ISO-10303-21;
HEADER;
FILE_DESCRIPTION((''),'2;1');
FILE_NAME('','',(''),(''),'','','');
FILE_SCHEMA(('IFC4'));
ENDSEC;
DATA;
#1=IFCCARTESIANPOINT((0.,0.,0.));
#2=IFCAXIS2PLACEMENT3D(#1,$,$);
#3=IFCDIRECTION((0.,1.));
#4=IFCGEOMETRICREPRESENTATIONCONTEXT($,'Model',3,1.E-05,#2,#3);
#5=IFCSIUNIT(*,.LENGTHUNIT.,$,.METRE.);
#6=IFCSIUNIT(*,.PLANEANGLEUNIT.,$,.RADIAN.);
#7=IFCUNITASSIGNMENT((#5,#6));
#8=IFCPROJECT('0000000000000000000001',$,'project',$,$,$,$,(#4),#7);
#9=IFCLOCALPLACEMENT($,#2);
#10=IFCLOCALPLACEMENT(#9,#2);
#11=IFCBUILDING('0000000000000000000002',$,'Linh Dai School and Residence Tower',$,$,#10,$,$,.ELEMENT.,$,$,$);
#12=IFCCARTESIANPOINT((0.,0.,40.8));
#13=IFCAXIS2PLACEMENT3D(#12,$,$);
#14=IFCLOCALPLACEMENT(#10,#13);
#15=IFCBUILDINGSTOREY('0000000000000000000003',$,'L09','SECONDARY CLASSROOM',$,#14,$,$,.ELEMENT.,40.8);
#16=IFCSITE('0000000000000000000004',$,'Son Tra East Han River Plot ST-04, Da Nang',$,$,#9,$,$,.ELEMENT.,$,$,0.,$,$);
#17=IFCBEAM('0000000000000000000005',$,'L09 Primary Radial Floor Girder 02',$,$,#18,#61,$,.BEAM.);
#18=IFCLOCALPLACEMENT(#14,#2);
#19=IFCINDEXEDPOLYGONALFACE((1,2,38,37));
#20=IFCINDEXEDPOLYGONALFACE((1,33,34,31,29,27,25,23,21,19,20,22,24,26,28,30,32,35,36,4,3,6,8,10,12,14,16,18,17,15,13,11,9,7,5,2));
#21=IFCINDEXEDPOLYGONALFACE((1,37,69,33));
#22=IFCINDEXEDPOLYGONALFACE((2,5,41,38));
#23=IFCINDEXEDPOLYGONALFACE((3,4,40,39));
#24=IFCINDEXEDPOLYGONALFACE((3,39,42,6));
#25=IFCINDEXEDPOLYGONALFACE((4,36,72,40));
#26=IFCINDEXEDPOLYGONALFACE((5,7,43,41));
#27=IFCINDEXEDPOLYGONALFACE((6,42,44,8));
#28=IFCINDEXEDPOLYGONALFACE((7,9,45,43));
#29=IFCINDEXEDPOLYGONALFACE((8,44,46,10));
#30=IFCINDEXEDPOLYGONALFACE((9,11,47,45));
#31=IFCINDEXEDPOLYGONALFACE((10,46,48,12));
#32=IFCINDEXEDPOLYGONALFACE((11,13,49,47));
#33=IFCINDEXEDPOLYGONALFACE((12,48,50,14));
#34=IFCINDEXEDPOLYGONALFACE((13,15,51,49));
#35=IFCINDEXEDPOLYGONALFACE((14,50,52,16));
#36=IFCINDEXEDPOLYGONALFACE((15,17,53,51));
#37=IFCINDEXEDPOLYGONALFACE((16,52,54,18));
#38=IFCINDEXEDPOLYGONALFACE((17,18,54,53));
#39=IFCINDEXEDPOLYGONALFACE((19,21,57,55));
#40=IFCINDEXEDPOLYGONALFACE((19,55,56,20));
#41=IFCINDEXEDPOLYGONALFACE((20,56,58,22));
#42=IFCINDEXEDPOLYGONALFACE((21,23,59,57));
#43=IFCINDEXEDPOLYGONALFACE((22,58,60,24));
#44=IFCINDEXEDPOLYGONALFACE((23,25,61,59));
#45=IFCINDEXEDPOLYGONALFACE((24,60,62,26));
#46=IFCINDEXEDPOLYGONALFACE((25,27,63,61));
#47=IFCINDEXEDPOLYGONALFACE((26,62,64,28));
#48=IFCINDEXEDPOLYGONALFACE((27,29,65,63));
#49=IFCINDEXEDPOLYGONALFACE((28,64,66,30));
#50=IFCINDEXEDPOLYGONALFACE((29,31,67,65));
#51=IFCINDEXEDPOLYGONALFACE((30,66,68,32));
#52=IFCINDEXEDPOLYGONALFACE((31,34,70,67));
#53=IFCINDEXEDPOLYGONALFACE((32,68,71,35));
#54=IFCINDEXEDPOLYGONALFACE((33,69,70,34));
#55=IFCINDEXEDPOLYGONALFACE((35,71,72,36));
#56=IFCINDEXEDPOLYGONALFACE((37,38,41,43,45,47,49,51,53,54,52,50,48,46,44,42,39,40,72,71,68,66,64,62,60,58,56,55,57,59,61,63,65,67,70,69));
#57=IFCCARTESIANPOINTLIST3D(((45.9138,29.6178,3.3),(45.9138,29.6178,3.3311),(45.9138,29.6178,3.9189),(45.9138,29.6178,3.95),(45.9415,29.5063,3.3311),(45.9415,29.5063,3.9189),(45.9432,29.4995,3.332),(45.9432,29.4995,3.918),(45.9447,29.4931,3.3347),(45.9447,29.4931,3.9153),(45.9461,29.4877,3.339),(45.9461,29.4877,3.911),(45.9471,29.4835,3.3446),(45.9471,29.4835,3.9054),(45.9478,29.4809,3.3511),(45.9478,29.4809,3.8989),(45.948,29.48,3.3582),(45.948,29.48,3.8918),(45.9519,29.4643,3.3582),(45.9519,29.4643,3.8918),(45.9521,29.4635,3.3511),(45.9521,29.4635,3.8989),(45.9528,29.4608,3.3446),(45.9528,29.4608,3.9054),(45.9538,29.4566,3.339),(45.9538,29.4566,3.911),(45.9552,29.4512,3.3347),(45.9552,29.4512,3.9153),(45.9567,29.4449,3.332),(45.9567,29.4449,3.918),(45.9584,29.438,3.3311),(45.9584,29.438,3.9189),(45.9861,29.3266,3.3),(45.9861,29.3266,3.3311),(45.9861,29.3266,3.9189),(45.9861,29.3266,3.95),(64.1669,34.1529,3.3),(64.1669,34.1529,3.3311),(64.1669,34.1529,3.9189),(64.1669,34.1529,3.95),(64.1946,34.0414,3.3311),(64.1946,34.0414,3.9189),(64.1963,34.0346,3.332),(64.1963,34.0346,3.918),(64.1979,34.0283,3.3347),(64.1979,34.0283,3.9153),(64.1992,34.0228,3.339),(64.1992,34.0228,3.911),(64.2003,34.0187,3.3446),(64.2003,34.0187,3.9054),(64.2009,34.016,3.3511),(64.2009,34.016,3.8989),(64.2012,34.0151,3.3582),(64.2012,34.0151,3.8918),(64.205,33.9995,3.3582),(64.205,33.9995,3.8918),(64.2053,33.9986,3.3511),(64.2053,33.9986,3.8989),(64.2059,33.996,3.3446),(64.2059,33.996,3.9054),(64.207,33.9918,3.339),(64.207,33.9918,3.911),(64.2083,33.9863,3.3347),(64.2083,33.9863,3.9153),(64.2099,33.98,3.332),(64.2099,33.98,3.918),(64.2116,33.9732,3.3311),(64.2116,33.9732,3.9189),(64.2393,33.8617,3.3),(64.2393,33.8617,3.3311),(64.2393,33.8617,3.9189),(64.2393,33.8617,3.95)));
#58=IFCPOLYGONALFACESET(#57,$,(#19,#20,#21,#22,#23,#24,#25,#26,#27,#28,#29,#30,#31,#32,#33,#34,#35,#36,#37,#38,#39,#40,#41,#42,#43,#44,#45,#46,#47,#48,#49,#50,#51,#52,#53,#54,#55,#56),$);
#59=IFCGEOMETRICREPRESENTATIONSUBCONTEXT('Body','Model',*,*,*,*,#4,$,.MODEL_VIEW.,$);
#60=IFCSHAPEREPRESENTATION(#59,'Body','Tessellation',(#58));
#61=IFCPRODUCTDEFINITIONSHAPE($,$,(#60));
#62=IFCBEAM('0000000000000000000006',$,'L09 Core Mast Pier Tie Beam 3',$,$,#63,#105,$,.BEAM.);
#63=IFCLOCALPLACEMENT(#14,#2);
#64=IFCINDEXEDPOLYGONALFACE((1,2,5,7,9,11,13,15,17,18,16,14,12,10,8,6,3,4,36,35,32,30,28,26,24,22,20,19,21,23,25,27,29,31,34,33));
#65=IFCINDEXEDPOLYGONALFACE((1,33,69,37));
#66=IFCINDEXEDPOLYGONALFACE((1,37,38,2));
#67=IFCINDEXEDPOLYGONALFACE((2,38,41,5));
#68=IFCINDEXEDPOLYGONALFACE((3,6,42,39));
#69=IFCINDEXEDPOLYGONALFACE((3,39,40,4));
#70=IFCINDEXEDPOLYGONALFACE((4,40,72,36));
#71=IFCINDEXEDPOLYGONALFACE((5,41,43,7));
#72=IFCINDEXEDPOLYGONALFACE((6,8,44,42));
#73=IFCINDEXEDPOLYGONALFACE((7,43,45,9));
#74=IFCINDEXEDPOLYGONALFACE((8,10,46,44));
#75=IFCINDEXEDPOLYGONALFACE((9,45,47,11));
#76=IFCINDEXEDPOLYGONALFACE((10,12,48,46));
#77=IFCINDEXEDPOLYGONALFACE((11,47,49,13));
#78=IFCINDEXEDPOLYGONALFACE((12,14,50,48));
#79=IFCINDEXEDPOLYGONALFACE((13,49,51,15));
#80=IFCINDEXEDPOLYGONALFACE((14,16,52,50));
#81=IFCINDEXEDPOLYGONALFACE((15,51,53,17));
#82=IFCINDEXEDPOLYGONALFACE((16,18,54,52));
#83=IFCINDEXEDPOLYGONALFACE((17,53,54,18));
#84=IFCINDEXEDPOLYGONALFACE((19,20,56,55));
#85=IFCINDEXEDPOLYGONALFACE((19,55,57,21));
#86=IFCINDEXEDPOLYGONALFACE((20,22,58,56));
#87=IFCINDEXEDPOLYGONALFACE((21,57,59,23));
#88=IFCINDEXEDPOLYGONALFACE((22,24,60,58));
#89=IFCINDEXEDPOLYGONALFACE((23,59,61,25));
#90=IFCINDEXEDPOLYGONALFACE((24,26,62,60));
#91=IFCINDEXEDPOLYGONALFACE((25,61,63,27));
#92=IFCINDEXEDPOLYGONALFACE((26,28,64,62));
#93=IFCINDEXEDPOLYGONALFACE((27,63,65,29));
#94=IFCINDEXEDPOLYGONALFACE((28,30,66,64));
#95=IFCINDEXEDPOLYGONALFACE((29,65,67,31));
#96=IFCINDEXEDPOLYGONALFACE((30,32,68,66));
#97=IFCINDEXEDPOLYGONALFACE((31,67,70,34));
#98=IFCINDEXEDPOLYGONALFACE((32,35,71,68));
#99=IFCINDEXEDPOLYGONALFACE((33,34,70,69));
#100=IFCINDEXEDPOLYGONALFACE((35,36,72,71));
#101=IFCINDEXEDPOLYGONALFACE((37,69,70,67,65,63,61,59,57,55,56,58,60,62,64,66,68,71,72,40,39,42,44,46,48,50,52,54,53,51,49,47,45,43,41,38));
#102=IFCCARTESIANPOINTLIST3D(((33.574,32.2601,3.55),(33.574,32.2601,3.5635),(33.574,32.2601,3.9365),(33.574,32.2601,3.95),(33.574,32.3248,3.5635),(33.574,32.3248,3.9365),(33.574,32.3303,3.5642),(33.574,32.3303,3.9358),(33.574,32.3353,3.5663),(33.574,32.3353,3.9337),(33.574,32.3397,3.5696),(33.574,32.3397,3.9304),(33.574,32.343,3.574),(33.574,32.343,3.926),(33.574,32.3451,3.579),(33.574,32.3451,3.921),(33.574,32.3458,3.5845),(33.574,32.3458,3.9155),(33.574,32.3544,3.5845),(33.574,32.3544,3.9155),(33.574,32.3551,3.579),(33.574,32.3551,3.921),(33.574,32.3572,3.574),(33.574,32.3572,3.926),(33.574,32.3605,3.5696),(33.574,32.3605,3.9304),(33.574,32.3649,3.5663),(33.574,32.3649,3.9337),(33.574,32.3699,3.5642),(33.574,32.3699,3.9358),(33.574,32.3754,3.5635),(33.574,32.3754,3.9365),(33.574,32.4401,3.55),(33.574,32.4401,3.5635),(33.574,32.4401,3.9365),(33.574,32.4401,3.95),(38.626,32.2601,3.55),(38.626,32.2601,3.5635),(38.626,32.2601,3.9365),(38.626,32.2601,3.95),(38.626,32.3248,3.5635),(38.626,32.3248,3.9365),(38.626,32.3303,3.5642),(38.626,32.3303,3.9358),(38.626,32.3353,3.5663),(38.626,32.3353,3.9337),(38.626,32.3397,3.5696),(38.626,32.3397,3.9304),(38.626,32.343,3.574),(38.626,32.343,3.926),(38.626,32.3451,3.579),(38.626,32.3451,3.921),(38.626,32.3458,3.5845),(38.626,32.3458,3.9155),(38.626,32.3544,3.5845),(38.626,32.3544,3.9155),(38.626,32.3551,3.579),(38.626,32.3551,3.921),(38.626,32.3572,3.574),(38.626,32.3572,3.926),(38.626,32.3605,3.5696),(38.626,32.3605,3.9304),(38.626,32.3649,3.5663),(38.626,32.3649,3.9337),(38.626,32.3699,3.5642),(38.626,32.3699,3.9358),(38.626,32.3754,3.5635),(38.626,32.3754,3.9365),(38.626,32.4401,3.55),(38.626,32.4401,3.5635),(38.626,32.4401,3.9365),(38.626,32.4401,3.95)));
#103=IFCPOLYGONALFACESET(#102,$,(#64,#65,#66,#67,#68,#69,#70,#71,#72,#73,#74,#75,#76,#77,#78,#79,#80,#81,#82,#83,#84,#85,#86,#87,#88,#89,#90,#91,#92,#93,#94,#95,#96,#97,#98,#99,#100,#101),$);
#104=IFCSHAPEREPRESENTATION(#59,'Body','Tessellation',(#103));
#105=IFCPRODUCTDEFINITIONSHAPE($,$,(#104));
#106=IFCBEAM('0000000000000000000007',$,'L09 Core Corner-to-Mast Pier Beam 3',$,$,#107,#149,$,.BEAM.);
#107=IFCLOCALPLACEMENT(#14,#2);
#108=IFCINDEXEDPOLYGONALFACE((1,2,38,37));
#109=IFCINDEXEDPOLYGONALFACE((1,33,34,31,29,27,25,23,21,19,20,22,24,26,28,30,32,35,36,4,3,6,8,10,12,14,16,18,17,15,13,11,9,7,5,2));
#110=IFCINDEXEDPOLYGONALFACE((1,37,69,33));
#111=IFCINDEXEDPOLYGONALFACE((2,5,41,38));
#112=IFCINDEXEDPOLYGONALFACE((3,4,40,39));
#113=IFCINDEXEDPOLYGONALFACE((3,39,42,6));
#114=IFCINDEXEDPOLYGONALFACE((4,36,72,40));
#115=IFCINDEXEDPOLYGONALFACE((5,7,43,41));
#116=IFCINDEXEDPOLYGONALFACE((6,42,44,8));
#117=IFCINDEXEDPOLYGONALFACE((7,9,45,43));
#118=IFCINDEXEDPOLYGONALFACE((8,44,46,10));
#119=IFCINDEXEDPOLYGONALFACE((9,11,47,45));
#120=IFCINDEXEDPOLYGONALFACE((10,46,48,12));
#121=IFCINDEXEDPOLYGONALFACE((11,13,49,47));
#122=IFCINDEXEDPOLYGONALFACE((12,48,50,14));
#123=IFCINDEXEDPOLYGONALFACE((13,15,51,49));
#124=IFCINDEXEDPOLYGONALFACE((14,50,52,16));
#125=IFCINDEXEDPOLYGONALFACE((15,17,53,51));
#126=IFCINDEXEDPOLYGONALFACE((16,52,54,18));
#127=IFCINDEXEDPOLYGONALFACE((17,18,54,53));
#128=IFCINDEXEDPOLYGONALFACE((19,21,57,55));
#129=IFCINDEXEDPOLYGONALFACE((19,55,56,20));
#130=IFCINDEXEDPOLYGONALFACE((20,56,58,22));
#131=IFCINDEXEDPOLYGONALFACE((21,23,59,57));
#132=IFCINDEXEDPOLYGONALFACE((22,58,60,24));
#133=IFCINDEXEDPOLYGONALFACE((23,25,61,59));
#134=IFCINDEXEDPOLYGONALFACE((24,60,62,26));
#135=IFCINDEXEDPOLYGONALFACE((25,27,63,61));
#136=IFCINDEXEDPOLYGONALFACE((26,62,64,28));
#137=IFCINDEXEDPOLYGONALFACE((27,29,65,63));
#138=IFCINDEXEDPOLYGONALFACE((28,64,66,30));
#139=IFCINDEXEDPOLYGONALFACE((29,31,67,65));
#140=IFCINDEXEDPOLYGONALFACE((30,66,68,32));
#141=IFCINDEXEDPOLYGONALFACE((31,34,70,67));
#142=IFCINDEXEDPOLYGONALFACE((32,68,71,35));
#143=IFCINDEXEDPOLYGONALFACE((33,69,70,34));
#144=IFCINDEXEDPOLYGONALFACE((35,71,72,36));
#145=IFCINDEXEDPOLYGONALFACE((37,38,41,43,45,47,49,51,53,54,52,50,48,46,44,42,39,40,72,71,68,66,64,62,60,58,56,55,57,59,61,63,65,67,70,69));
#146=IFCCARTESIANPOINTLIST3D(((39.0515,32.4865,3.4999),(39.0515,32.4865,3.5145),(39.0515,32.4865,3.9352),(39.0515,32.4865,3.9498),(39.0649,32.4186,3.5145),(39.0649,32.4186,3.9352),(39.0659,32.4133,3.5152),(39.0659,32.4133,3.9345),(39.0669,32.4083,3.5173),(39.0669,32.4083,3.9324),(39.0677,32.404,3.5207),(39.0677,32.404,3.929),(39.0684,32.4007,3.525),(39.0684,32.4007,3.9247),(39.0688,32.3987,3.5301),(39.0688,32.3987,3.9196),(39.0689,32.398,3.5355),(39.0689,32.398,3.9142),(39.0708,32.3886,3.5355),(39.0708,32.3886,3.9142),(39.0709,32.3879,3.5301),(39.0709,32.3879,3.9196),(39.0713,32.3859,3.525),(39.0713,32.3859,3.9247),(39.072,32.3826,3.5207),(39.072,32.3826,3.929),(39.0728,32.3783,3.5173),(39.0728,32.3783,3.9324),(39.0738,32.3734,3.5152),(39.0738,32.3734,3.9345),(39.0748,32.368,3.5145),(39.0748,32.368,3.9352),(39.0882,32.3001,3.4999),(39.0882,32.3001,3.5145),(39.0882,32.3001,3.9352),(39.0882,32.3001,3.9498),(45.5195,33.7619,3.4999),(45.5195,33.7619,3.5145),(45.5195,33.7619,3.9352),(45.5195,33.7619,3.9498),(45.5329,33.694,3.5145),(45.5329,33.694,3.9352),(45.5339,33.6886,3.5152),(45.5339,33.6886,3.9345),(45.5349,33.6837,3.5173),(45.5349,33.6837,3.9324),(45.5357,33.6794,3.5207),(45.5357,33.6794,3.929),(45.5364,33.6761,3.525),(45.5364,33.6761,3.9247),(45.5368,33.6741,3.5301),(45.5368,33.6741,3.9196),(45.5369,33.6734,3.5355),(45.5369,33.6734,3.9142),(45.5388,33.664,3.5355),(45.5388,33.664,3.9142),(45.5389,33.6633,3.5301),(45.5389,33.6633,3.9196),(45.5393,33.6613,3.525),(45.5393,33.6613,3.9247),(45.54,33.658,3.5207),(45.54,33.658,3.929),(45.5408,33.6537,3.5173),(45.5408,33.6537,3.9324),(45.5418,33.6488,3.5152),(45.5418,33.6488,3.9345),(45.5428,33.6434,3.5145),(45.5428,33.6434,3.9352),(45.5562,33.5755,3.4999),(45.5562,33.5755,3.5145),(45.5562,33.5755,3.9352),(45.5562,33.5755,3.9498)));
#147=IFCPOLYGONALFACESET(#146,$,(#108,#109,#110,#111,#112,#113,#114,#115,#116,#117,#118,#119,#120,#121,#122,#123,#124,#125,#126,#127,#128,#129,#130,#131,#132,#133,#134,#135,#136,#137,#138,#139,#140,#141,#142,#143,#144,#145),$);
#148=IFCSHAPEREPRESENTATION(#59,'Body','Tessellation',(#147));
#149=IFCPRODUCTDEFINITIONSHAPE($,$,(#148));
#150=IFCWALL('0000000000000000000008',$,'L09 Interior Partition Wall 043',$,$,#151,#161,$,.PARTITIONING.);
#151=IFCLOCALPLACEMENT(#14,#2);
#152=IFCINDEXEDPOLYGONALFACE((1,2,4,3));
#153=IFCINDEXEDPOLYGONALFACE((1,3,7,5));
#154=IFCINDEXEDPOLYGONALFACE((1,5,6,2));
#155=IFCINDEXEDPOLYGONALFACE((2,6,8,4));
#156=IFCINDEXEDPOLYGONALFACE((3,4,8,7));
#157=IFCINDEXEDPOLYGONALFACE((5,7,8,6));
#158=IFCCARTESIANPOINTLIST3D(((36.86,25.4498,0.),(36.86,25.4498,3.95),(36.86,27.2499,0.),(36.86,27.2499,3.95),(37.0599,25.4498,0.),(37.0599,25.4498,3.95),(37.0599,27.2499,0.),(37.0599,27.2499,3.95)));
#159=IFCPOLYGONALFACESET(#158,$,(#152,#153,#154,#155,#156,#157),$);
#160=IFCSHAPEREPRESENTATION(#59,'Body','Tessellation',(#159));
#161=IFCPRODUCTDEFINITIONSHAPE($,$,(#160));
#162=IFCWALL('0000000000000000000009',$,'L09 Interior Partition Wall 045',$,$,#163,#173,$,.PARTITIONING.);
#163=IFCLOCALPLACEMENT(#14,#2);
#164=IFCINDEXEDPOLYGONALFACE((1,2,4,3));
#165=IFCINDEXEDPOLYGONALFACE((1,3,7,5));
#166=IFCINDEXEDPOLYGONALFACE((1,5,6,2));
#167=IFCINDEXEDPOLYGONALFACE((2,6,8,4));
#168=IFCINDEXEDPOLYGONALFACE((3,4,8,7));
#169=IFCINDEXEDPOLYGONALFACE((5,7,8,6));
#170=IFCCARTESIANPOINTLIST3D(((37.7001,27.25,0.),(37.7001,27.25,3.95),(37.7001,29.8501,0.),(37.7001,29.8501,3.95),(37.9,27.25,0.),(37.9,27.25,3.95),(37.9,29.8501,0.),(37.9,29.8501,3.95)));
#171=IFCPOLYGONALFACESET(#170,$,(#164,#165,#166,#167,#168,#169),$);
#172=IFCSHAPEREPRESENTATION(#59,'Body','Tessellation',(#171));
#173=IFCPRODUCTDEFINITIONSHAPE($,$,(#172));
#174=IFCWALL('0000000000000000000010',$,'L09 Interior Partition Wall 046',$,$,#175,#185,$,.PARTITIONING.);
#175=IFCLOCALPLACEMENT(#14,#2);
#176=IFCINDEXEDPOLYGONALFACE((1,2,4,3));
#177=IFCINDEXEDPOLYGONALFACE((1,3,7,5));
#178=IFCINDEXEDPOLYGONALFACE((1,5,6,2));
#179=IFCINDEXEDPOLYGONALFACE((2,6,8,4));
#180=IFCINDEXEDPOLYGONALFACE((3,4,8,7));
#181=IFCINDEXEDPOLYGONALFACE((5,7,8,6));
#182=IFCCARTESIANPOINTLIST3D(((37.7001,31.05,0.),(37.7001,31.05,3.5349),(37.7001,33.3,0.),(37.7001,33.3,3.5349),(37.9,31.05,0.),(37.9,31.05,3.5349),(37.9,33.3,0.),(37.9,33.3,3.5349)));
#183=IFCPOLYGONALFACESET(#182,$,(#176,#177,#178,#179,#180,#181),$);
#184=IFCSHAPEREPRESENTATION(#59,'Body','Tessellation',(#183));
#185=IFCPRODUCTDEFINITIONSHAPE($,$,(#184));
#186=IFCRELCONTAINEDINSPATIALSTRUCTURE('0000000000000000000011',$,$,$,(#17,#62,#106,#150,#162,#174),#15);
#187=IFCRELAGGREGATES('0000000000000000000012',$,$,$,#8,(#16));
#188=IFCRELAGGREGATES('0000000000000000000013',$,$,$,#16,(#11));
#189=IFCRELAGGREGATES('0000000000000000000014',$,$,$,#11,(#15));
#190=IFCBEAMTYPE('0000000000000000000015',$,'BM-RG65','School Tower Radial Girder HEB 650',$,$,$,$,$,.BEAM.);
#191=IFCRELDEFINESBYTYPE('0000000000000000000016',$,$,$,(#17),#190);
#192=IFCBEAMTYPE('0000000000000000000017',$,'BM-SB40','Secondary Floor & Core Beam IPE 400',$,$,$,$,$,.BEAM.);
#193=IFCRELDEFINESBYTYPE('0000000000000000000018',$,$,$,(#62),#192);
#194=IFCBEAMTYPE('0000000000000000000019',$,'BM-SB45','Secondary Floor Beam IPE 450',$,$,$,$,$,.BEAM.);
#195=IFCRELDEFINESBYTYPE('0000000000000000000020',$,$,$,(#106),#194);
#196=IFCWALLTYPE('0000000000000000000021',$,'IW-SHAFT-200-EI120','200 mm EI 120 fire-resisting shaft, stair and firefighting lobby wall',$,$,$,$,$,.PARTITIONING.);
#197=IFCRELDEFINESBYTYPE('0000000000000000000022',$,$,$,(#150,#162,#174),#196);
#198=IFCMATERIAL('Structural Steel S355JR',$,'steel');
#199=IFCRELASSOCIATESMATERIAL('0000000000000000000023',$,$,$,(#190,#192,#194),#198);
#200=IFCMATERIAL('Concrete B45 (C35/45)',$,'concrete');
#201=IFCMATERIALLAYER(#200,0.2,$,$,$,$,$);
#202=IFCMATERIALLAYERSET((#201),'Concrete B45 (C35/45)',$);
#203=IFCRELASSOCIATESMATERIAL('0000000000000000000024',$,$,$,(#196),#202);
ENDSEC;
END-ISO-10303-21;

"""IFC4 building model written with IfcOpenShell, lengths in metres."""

from ifc_helpers import new_model, si_unit, direction, frame, frame_2d, origin, origin_2d, place, context, subcontext, project, spatial, rectangle, i_section, extrude, material, layer, layer_set, material_profile, profile_set, type_object, element, save


model = new_model("IFC4")

# Units and contexts
model_context = context("Model", 3, precision=1e-05, world=origin(), true_north=direction((0.0, 1.0)))
body_context = subcontext(model_context, "Body", "Model", "MODEL_VIEW")
ifc_project = project(units=[si_unit("LENGTHUNIT", "METRE"), si_unit("PLANEANGLEUNIT", "RADIAN")], contexts=[model_context])

# Site, building, storey
site_placement = place(None, origin())
site = spatial("IfcSite", under=ifc_project, at=site_placement, Name="Son Tra East Han River Plot ST-04, Da Nang", CompositionType="ELEMENT", RefElevation=0.0)
building_placement = place(site_placement, origin())
building = spatial("IfcBuilding", under=site, at=building_placement, Name="Linh Dai School and Residence Tower", CompositionType="ELEMENT")
storey_placement = place(building_placement, frame((0.0, 0.0, 40.8)))
storey = spatial("IfcBuildingStorey", under=building, at=storey_placement, Name="L09", Description="SECONDARY CLASSROOM", CompositionType="ELEMENT", Elevation=40.8)

# Shared definitions
ifc_material_1 = material(Name="Structural Steel S355JR", Category="steel")

# Beams
ifc_material_profile_1 = material_profile(ifc_material_1, i_section(OverallWidth=0.3, OverallDepth=0.6499, WebThickness=0.0161, FlangeThickness=0.031, FilletRadius=0.0271, at=origin_2d()), Name="HEB 650")
ifc_profile_set_1 = profile_set([ifc_material_profile_1], Name="Structural Steel S355JR")
beam_type_1 = type_object("IfcBeamType", Name="BM-RG65", Description="School Tower Radial Girder HEB 650", PredefinedType="BEAM", material=ifc_profile_set_1)
beam_1_placement = place(storey_placement, frame((45.95, 29.4722, 3.625), z_axis=(0.970493, 0.241127, 0.0), x_axis=(-0.241127, 0.970493, 0.0)))
element("IfcBeam", 1, at=beam_1_placement, inside=storey, type_object=beam_type_1, Name="L09 Primary Radial Floor Girder 02", PredefinedType="BEAM", context=body_context, shape_type="SweptSolid", body=[
    extrude(i_section(OverallWidth=0.3, OverallDepth=0.6499, WebThickness=0.0161, FlangeThickness=0.031, FilletRadius=0.0271, at=origin_2d()), origin(), (0.0, 0.0, 1.0), 18.8081),
])
ifc_material_profile_2 = material_profile(ifc_material_1, i_section(OverallWidth=0.1799, OverallDepth=0.3999, WebThickness=0.0085, FlangeThickness=0.0134, FilletRadius=0.021, at=origin_2d()), Name="IPE 400")
ifc_profile_set_2 = profile_set([ifc_material_profile_2], Name="Structural Steel S355JR")
beam_type_2 = type_object("IfcBeamType", Name="BM-SB40", Description="Secondary Floor & Core Beam IPE 400", PredefinedType="BEAM", material=ifc_profile_set_2)
beam_2_placement = place(storey_placement, frame((38.626, 32.3501, 3.75), z_axis=(-1.0, 0.0, 0.0), x_axis=(0.0, -1.0, 0.0)))
element("IfcBeam", 2, at=beam_2_placement, inside=storey, type_object=beam_type_2, Name="L09 Core Mast Pier Tie Beam 3", PredefinedType="BEAM", context=body_context, shape_type="SweptSolid", body=[
    extrude(i_section(OverallWidth=0.1799, OverallDepth=0.3999, WebThickness=0.0085, FlangeThickness=0.0134, FilletRadius=0.021, at=origin_2d()), origin(), (0.0, 0.0, 1.0), 5.052),
])
ifc_material_profile_3 = material_profile(ifc_material_1, i_section(OverallWidth=0.1899, OverallDepth=0.45, WebThickness=0.0095, FlangeThickness=0.0146, FilletRadius=0.021, at=origin_2d()), Name="IPE 450")
ifc_profile_set_3 = profile_set([ifc_material_profile_3], Name="Structural Steel S355JR")
beam_type_3 = type_object("IfcBeamType", Name="BM-SB45", Description="Secondary Floor Beam IPE 450", PredefinedType="BEAM", material=ifc_profile_set_3)
beam_3_placement = place(storey_placement, frame((45.5378, 33.6687, 3.7249), z_axis=(-0.981108, -0.193459, 0.0), x_axis=(0.193459, -0.981108, 0.0)))
element("IfcBeam", 3, at=beam_3_placement, inside=storey, type_object=beam_type_3, Name="L09 Core Corner-to-Mast Pier Beam 3", PredefinedType="BEAM", context=body_context, shape_type="SweptSolid", body=[
    extrude(i_section(OverallWidth=0.1899, OverallDepth=0.45, WebThickness=0.0095, FlangeThickness=0.0146, FilletRadius=0.021, at=origin_2d()), origin(), (0.0, 0.0, 1.0), 6.5925),
])

# Walls
ifc_material_2 = material(Name="Concrete B45 (C35/45)", Category="concrete")
ifc_layer_1 = layer(ifc_material_2, 0.2)
ifc_layer_set_1 = layer_set([ifc_layer_1], Name="Concrete B45 (C35/45)")
wall_type_1 = type_object("IfcWallType", Name="IW-SHAFT-200-EI120", Description="200 mm EI 120 fire-resisting shaft, stair and firefighting lobby wall", PredefinedType="PARTITIONING", material=ifc_layer_set_1)
wall_1_placement = place(storey_placement, frame((36.96, 25.45, 0.0), z_axis=(0.0, 0.0, 1.0), x_axis=(0.0, 1.0, 0.0)))
element("IfcWall", 4, at=wall_1_placement, inside=storey, type_object=wall_type_1, Name="L09 Interior Partition Wall 043", PredefinedType="PARTITIONING", context=body_context, shape_type="SweptSolid", body=[
    extrude(rectangle(XDim=1.8, YDim=0.2, at=frame_2d((0.8999, 0.0))), origin(), (0.0, 0.0, 1.0), 3.95),
])
wall_2_placement = place(storey_placement, frame((37.8, 27.25, 0.0), z_axis=(0.0, 0.0, 1.0), x_axis=(0.0, 1.0, 0.0)))
element("IfcWall", 5, at=wall_2_placement, inside=storey, type_object=wall_type_1, Name="L09 Interior Partition Wall 045", PredefinedType="PARTITIONING", context=body_context, shape_type="SweptSolid", body=[
    extrude(rectangle(XDim=2.6001, YDim=0.2, at=frame_2d((1.3, 0.0))), origin(), (0.0, 0.0, 1.0), 3.95),
])
wall_3_placement = place(storey_placement, frame((37.8, 31.05, 0.0), z_axis=(0.0, 0.0, 1.0), x_axis=(0.0, 1.0, 0.0)))
element("IfcWall", 6, at=wall_3_placement, inside=storey, type_object=wall_type_1, Name="L09 Interior Partition Wall 046", PredefinedType="PARTITIONING", context=body_context, shape_type="SweptSolid", body=[
    extrude(rectangle(XDim=2.25, YDim=0.2, at=frame_2d((1.125, 0.0))), origin(), (0.0, 0.0, 1.0), 3.5349),
])

save(model, "model.ifc")
